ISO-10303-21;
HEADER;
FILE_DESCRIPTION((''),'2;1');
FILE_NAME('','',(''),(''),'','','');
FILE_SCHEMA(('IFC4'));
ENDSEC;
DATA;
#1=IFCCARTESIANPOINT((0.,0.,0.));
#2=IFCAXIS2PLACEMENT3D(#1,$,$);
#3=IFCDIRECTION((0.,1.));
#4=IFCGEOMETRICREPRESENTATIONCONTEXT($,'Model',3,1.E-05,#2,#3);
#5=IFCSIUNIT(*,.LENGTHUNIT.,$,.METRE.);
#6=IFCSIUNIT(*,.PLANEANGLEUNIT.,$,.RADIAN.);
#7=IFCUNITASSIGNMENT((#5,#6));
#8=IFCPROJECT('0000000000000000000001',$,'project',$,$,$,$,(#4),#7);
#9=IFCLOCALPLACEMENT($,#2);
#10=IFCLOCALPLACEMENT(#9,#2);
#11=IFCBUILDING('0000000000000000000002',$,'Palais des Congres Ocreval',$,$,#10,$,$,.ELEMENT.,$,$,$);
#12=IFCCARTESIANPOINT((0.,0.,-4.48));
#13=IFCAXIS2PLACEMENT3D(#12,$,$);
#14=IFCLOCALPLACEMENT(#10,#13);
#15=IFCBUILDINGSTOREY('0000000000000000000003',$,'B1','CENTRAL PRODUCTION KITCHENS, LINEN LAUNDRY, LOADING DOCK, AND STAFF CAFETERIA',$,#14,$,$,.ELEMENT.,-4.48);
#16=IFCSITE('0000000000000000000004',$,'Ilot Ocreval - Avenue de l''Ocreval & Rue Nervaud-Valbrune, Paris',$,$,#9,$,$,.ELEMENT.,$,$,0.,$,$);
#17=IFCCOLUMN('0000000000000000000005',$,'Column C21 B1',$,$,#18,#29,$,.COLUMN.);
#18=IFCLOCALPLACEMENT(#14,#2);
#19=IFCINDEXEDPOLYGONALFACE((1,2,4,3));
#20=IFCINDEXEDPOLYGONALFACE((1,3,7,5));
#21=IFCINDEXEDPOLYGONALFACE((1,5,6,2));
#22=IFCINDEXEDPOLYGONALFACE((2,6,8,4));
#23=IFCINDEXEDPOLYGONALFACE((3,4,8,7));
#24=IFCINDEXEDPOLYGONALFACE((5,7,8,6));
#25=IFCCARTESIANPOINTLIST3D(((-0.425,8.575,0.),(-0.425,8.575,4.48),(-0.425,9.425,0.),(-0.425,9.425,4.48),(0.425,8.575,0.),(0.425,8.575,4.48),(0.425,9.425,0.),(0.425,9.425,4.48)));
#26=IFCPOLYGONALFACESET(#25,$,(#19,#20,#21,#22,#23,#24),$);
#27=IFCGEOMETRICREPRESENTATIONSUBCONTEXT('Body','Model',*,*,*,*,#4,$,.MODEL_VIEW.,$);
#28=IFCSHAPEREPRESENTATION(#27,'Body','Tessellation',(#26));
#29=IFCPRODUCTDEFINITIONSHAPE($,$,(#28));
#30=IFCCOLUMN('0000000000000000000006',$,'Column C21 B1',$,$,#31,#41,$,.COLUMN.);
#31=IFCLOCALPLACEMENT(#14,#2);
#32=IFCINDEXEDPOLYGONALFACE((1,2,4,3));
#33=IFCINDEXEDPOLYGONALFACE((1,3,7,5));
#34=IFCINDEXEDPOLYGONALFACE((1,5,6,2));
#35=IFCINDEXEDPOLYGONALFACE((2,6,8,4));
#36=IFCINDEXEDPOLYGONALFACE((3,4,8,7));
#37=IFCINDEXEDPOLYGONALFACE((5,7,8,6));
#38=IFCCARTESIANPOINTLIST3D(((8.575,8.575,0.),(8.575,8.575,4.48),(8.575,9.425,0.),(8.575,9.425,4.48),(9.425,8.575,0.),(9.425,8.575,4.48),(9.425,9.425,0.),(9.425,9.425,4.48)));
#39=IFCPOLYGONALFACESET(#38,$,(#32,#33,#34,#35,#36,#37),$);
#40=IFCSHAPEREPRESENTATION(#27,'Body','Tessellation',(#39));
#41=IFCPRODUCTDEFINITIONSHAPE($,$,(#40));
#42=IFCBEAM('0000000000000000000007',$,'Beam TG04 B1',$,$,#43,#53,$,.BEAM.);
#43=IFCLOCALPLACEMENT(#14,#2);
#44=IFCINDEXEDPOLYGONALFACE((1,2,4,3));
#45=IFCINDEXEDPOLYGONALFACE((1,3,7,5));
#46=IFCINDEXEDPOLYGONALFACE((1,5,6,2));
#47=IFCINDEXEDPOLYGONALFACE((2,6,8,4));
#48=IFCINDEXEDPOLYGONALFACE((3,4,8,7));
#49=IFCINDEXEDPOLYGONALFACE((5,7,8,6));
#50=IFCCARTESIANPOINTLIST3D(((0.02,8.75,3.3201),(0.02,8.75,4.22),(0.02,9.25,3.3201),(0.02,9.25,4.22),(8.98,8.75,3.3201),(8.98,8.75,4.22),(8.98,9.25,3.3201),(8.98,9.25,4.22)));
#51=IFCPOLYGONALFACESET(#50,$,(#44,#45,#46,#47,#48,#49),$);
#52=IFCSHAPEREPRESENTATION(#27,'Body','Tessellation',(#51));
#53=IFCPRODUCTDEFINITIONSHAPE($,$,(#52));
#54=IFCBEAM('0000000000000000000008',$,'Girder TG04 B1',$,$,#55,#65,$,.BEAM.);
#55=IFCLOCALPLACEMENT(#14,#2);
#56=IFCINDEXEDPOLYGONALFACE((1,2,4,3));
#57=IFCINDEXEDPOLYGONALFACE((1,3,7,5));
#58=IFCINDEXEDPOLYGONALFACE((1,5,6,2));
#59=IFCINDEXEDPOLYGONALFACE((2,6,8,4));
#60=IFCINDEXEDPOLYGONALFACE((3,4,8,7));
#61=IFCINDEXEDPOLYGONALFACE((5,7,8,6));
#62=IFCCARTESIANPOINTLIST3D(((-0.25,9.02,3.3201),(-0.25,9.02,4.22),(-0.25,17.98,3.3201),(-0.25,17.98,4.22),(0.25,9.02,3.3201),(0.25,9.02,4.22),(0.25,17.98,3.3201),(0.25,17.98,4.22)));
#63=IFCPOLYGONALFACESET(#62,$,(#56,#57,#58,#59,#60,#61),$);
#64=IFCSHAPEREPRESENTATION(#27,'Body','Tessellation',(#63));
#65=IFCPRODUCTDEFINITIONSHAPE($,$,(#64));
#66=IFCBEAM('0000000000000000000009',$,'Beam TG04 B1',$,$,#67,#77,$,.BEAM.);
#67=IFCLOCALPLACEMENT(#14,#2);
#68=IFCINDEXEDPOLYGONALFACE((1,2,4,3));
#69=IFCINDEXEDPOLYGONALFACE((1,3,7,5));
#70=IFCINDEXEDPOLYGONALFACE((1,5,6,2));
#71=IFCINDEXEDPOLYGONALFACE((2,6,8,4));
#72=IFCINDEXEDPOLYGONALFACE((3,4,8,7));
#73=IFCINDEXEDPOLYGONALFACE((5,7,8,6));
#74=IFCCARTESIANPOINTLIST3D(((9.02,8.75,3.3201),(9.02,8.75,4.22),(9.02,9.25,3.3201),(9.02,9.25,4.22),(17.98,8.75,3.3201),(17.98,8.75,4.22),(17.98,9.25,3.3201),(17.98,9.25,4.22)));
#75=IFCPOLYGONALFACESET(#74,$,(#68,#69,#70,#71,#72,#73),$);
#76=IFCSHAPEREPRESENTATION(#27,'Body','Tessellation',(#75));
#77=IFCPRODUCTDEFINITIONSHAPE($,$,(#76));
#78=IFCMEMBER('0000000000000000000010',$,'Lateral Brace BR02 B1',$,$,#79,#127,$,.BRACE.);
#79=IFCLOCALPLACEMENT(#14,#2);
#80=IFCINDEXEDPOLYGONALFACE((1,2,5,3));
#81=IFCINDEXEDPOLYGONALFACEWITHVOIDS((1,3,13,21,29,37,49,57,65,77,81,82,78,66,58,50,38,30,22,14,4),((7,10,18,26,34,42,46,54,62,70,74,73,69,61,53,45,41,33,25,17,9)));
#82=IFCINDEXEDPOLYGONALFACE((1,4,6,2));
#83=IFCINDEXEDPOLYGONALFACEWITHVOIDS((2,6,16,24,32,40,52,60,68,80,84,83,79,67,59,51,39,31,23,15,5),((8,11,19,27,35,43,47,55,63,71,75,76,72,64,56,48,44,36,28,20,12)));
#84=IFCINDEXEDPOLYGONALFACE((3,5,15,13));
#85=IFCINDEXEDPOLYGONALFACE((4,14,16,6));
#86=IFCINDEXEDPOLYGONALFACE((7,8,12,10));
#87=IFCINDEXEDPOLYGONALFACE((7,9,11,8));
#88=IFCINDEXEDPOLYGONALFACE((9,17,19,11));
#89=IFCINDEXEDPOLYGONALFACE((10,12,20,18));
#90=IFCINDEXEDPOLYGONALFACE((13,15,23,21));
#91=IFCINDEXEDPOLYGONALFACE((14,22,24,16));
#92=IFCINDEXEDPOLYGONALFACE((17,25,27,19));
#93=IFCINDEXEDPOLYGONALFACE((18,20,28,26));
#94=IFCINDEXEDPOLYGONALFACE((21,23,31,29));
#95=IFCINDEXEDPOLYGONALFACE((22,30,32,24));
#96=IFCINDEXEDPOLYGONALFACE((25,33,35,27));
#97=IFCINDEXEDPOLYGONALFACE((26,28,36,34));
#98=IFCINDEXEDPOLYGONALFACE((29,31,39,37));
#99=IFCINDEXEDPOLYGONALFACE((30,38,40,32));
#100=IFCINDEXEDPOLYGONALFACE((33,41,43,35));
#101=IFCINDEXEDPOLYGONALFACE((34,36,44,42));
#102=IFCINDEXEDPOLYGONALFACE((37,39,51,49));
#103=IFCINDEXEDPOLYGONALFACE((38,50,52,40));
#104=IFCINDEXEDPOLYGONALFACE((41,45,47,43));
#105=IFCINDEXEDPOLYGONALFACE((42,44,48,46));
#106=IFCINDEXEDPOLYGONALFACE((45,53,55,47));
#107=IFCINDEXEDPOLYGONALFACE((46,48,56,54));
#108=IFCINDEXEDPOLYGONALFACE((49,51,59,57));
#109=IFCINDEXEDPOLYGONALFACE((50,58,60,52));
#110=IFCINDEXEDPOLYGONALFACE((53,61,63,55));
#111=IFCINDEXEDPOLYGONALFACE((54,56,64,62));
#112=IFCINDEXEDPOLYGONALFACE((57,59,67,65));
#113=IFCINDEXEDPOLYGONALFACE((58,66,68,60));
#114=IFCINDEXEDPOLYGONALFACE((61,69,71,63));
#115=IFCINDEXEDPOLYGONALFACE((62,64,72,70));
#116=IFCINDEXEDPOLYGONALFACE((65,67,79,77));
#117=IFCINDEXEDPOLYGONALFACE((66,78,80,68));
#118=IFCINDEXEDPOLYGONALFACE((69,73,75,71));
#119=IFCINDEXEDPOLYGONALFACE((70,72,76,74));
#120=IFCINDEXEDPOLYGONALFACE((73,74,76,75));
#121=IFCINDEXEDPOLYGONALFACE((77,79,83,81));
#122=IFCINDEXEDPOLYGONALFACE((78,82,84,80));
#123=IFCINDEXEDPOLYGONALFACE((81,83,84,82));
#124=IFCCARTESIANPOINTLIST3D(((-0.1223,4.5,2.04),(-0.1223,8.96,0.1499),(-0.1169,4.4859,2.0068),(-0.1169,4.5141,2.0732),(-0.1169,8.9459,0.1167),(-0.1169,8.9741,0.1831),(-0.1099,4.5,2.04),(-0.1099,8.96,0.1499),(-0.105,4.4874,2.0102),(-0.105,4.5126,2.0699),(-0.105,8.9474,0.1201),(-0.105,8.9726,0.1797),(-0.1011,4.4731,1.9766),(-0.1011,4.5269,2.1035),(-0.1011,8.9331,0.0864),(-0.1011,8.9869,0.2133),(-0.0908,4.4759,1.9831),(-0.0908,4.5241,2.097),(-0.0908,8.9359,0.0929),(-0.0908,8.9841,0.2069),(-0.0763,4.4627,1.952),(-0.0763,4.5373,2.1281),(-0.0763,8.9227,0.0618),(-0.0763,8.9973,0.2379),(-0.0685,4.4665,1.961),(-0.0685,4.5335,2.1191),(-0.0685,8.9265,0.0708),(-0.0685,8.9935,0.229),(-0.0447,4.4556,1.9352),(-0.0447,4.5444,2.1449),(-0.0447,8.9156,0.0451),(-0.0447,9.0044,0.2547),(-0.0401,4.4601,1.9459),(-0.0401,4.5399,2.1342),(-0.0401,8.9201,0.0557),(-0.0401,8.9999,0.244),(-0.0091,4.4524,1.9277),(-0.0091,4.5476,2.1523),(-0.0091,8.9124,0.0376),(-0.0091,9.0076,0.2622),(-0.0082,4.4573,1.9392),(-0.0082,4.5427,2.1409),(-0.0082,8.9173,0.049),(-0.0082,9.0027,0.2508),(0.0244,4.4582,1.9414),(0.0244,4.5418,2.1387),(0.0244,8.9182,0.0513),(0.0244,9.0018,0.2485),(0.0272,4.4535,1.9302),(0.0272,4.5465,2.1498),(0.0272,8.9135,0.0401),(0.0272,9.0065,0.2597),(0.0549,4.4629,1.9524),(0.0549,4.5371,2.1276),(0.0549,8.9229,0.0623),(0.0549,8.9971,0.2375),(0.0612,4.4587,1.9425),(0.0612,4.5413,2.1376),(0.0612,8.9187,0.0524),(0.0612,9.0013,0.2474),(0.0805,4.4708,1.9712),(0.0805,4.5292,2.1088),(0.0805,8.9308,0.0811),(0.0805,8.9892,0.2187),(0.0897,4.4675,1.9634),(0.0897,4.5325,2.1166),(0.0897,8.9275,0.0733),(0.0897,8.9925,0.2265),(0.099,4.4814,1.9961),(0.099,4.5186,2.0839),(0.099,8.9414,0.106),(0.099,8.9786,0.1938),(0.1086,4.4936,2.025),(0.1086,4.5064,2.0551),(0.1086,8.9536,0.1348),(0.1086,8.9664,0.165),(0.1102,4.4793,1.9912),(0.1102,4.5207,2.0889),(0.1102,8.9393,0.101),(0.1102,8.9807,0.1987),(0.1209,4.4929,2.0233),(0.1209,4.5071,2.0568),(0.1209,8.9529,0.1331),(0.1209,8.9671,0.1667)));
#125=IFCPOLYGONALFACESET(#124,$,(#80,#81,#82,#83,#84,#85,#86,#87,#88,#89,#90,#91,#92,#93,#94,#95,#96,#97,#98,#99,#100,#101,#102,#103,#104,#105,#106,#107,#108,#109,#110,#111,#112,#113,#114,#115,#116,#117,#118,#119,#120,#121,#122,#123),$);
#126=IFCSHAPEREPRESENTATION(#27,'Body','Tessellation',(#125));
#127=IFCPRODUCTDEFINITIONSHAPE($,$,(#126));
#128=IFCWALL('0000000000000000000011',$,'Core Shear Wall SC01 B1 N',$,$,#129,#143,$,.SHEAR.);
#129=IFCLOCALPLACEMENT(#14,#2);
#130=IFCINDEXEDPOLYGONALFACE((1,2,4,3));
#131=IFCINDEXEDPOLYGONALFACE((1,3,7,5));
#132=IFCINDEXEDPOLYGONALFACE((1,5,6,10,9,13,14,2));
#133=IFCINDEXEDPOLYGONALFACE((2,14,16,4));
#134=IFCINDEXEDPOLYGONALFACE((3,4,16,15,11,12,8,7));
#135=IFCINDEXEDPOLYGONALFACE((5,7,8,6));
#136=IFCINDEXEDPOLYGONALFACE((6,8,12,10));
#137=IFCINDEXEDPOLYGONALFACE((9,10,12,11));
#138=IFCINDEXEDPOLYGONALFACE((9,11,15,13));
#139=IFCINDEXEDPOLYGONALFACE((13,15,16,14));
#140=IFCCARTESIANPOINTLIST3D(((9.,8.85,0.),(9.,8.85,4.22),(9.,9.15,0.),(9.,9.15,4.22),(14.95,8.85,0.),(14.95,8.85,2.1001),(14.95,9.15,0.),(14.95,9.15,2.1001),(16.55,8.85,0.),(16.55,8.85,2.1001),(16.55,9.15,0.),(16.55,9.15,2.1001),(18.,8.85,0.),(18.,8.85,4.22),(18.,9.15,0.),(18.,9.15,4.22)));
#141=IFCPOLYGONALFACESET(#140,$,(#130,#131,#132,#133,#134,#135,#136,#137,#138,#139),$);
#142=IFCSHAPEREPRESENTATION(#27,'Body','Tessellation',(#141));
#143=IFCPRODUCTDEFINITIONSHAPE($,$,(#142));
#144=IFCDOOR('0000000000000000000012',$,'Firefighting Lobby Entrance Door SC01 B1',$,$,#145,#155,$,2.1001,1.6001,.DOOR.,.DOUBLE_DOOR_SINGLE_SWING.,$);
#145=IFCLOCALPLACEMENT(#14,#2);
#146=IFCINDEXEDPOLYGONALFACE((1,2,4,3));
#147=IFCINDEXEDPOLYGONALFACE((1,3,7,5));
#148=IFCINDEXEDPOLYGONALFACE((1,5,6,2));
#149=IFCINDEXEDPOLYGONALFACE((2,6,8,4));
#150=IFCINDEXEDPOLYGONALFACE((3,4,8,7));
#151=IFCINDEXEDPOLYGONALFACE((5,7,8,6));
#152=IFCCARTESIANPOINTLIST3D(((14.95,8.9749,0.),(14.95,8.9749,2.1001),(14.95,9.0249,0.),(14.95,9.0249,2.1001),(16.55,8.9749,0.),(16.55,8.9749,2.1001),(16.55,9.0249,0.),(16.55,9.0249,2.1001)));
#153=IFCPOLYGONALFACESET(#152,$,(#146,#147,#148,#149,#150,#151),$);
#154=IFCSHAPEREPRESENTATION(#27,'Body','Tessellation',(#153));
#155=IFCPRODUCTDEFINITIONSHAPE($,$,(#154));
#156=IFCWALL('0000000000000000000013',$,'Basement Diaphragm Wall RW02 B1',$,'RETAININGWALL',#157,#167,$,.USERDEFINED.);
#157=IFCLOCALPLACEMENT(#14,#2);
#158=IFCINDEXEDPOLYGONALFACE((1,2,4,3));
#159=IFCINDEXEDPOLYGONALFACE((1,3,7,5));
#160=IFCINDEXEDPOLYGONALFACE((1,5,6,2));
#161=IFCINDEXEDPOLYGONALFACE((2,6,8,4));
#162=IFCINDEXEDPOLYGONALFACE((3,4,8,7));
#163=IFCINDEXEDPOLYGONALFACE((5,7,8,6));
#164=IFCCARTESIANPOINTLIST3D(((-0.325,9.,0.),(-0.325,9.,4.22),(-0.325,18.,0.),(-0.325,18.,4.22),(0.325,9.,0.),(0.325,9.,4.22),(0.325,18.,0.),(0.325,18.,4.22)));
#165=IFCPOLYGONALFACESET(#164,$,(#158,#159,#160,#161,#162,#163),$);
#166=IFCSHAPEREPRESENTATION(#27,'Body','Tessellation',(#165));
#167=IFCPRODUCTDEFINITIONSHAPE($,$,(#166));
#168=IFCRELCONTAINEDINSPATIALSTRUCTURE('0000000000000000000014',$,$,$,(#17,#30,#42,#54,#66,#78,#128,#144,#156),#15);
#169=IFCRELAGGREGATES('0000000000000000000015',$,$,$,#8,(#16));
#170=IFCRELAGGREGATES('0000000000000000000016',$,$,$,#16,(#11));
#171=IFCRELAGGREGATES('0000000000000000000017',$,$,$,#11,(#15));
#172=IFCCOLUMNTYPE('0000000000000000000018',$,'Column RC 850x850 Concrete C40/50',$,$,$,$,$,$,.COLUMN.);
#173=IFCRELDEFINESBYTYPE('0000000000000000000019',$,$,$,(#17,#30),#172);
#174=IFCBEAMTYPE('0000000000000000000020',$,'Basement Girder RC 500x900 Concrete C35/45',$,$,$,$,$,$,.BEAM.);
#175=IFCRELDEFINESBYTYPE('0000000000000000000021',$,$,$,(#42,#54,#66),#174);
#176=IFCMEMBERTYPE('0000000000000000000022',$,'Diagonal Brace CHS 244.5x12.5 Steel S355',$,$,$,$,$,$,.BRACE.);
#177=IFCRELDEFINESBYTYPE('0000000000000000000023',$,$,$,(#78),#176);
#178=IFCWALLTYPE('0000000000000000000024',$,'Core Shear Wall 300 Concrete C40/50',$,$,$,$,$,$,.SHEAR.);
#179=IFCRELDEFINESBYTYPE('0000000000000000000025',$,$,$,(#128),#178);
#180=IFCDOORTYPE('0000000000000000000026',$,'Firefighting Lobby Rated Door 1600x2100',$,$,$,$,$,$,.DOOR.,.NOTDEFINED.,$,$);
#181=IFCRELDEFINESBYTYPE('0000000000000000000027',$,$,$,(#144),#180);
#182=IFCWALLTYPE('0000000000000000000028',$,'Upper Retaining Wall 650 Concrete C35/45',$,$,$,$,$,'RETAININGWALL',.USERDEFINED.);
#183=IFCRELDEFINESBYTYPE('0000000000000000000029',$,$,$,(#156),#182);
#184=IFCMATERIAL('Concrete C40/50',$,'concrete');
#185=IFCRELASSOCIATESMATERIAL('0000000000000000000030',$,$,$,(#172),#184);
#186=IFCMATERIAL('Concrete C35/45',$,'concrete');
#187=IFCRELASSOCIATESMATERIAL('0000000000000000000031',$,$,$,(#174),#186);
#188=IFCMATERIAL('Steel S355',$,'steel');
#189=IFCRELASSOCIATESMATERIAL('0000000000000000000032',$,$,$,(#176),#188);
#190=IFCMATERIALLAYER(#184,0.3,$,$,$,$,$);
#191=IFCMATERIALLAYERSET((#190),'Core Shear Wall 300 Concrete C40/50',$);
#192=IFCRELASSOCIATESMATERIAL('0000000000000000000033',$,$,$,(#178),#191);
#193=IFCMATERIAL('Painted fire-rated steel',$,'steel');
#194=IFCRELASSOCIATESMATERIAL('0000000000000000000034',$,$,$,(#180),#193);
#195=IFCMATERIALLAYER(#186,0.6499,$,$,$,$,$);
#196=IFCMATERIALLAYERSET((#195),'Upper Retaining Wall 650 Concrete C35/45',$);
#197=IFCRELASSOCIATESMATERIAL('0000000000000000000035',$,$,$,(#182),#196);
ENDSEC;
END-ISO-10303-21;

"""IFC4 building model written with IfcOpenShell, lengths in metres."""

from ifc_helpers import new_model, si_unit, direction, frame, frame_2d, origin, origin_2d, place, context, subcontext, project, spatial, rectangle, hollow_circle, extrude, material, layer, layer_set, material_profile, profile_set, type_object, element, fill, save


model = new_model("IFC4")

# Units and contexts
model_context = context("Model", 3, precision=1e-05, world=origin(), true_north=direction((0.0, 1.0)))
body_context = subcontext(model_context, "Body", "Model", "MODEL_VIEW")
ifc_project = project(units=[si_unit("LENGTHUNIT", "METRE"), si_unit("PLANEANGLEUNIT", "RADIAN")], contexts=[model_context])

# Site, building, storey
site_placement = place(None, origin())
site = spatial("IfcSite", under=ifc_project, at=site_placement, Name="Ilot Ocreval - Avenue de l'Ocreval & Rue Nervaud-Valbrune, Paris", CompositionType="ELEMENT", RefElevation=0.0)
building_placement = place(site_placement, origin())
building = spatial("IfcBuilding", under=site, at=building_placement, Name="Palais des Congres Ocreval", CompositionType="ELEMENT")
storey_placement = place(building_placement, frame((0.0, 0.0, -4.48)))
storey = spatial("IfcBuildingStorey", under=building, at=storey_placement, Name="B1", Description="CENTRAL PRODUCTION KITCHENS, LINEN LAUNDRY, LOADING DOCK, AND STAFF CAFETERIA", CompositionType="ELEMENT", Elevation=-4.48)

# Columns
ifc_material_1 = material(Name="Concrete C40/50", Category="concrete")
ifc_material_profile_1 = material_profile(ifc_material_1, rectangle(XDim=0.8501, YDim=0.8501, at=origin_2d()), Name="RC 850x850")
ifc_profile_set_1 = profile_set([ifc_material_profile_1], Name="Concrete C40/50")
column_type = type_object("IfcColumnType", Name="Column RC 850x850 Concrete C40/50", PredefinedType="COLUMN", material=ifc_profile_set_1)
for number, where, z_axis, x_axis, name in (
    (1, (0.0, 9.0, 0.0), (0.0, 0.0, 1.0), (1.0, 0.0, 0.0), "Column C21 B1"),
    (2, (9.0, 9.0, 0.0), (0.0, 0.0, 1.0), (1.0, 0.0, 0.0), "Column C21 B1"),
):
    element("IfcColumn", number, at=place(storey_placement, frame(where, z_axis=z_axis, x_axis=x_axis)), inside=storey, type_object=column_type, Name=name, PredefinedType="COLUMN", context=body_context, shape_type="SweptSolid", body=[
        extrude(rectangle(XDim=0.8501, YDim=0.8501, at=origin_2d()), origin(), (0.0, 0.0, 1.0), 4.48),
    ])

# Beams
ifc_material_2 = material(Name="Concrete C35/45", Category="concrete")
ifc_material_profile_2 = material_profile(ifc_material_2, rectangle(XDim=0.5, YDim=0.8999, at=origin_2d()), Name="RC 500x900")
ifc_profile_set_2 = profile_set([ifc_material_profile_2], Name="Concrete C35/45")
beam_type = type_object("IfcBeamType", Name="Basement Girder RC 500x900 Concrete C35/45", PredefinedType="BEAM", material=ifc_profile_set_2)
for number, where, z_axis, x_axis, name in (
    (3, (0.02, 9.0, 3.77), (1.0, 0.0, 0.0), (0.0, 1.0, 0.0), "Beam TG04 B1"),
    (4, (0.0, 9.02, 3.77), (0.0, 1.0, 0.0), (-1.0, 0.0, 0.0), "Girder TG04 B1"),
    (5, (9.02, 9.0, 3.77), (1.0, 0.0, 0.0), (0.0, 1.0, 0.0), "Beam TG04 B1"),
):
    element("IfcBeam", number, at=place(storey_placement, frame(where, z_axis=z_axis, x_axis=x_axis)), inside=storey, type_object=beam_type, Name=name, PredefinedType="BEAM", context=body_context, shape_type="SweptSolid", body=[
        extrude(rectangle(XDim=0.5, YDim=0.8999, at=origin_2d()), origin(), (0.0, 0.0, 1.0), 8.96),
    ])

# Member
ifc_material_3 = material(Name="Steel S355", Category="steel")
ifc_material_profile_3 = material_profile(ifc_material_3, hollow_circle(Radius=0.1223, WallThickness=0.0125, at=origin_2d()), Name="CHS 244.5x12.5")
ifc_profile_set_3 = profile_set([ifc_material_profile_3], Name="Steel S355")
member_type = type_object("IfcMemberType", Name="Diagonal Brace CHS 244.5x12.5 Steel S355", PredefinedType="BRACE", material=ifc_profile_set_3)
member_placement = place(storey_placement, frame((0.0, 4.5, 2.04), z_axis=(0.0, 0.920728, -0.390206), x_axis=(-1.0, 0.0, 0.0)))
element("IfcMember", 6, at=member_placement, inside=storey, type_object=member_type, Name="Lateral Brace BR02 B1", PredefinedType="BRACE", context=body_context, shape_type="SweptSolid", body=[
    extrude(hollow_circle(Radius=0.1223, WallThickness=0.0125, at=origin_2d()), origin(), (0.0, 0.0, 1.0), 4.844),
])

# Wall, opening, door
ifc_layer_1 = layer(ifc_material_1, 0.3)
ifc_layer_set_1 = layer_set([ifc_layer_1], Name="Core Shear Wall 300 Concrete C40/50")
wall_type_1 = type_object("IfcWallType", Name="Core Shear Wall 300 Concrete C40/50", PredefinedType="SHEAR", material=ifc_layer_set_1)
wall_1_placement = place(storey_placement, frame((9.0, 9.0, 0.0), z_axis=(0.0, 0.0, 1.0), x_axis=(1.0, 0.0, 0.0)))
wall_1 = element("IfcWall", 7, at=wall_1_placement, inside=storey, type_object=wall_type_1, Name="Core Shear Wall SC01 B1 N", PredefinedType="SHEAR", context=body_context, shape_type="SweptSolid", body=[
    extrude(rectangle(XDim=9.0, YDim=0.3, at=frame_2d((4.5, 0.0))), origin(), (0.0, 0.0, 1.0), 4.22),
])
opening_placement = place(wall_1_placement, frame((5.95, 0.0, 0.0)))
opening = element("IfcOpeningElement", 8, at=opening_placement, cuts=wall_1, PredefinedType="OPENING", context=body_context, shape_type="SweptSolid", body=[
    extrude(rectangle(XDim=1.6001, YDim=2.1001, at=frame_2d((0.8, 1.05))), frame((0.0, 0.1599, 0.0), z_axis=(0.0, -1.0, 0.0), x_axis=(1.0, 0.0, 0.0)), (0.0, 0.0, 1.0), 0.3201),
])
ifc_material_4 = material(Name="Painted fire-rated steel", Category="steel")
door_type = type_object("IfcDoorType", Name="Firefighting Lobby Rated Door 1600x2100", OperationType="NOTDEFINED", PredefinedType="DOOR", material=ifc_material_4)
door_placement = place(opening_placement, origin())
door = element("IfcDoor", 9, at=door_placement, inside=storey, type_object=door_type, Name="Firefighting Lobby Entrance Door SC01 B1", OperationType="DOUBLE_DOOR_SINGLE_SWING", OverallHeight=2.1001, OverallWidth=1.6001, PredefinedType="DOOR", context=body_context, shape_type="SweptSolid", body=[
    extrude(rectangle(XDim=1.6001, YDim=2.1001, at=frame_2d((0.8, 1.05))), frame((0.0, 0.0249, 0.0), z_axis=(0.0, -1.0, 0.0), x_axis=(1.0, 0.0, 0.0)), (0.0, 0.0, 1.0), 0.05),
])
fill(opening, door)

# Wall
ifc_layer_2 = layer(ifc_material_2, 0.6499)
ifc_layer_set_2 = layer_set([ifc_layer_2], Name="Upper Retaining Wall 650 Concrete C35/45")
wall_type_2 = type_object("IfcWallType", Name="Upper Retaining Wall 650 Concrete C35/45", ElementType="RETAININGWALL", PredefinedType="USERDEFINED", material=ifc_layer_set_2)
wall_2_placement = place(storey_placement, frame((0.0, 9.0, 0.0), z_axis=(0.0, 0.0, 1.0), x_axis=(0.0, 1.0, 0.0)))
element("IfcWall", 10, at=wall_2_placement, inside=storey, type_object=wall_type_2, Name="Basement Diaphragm Wall RW02 B1", ObjectType="RETAININGWALL", PredefinedType="USERDEFINED", context=body_context, shape_type="SweptSolid", body=[
    extrude(rectangle(XDim=9.0, YDim=0.6499, at=frame_2d((4.5, 0.0))), origin(), (0.0, 0.0, 1.0), 4.22),
])

save(model, "model.ifc")
